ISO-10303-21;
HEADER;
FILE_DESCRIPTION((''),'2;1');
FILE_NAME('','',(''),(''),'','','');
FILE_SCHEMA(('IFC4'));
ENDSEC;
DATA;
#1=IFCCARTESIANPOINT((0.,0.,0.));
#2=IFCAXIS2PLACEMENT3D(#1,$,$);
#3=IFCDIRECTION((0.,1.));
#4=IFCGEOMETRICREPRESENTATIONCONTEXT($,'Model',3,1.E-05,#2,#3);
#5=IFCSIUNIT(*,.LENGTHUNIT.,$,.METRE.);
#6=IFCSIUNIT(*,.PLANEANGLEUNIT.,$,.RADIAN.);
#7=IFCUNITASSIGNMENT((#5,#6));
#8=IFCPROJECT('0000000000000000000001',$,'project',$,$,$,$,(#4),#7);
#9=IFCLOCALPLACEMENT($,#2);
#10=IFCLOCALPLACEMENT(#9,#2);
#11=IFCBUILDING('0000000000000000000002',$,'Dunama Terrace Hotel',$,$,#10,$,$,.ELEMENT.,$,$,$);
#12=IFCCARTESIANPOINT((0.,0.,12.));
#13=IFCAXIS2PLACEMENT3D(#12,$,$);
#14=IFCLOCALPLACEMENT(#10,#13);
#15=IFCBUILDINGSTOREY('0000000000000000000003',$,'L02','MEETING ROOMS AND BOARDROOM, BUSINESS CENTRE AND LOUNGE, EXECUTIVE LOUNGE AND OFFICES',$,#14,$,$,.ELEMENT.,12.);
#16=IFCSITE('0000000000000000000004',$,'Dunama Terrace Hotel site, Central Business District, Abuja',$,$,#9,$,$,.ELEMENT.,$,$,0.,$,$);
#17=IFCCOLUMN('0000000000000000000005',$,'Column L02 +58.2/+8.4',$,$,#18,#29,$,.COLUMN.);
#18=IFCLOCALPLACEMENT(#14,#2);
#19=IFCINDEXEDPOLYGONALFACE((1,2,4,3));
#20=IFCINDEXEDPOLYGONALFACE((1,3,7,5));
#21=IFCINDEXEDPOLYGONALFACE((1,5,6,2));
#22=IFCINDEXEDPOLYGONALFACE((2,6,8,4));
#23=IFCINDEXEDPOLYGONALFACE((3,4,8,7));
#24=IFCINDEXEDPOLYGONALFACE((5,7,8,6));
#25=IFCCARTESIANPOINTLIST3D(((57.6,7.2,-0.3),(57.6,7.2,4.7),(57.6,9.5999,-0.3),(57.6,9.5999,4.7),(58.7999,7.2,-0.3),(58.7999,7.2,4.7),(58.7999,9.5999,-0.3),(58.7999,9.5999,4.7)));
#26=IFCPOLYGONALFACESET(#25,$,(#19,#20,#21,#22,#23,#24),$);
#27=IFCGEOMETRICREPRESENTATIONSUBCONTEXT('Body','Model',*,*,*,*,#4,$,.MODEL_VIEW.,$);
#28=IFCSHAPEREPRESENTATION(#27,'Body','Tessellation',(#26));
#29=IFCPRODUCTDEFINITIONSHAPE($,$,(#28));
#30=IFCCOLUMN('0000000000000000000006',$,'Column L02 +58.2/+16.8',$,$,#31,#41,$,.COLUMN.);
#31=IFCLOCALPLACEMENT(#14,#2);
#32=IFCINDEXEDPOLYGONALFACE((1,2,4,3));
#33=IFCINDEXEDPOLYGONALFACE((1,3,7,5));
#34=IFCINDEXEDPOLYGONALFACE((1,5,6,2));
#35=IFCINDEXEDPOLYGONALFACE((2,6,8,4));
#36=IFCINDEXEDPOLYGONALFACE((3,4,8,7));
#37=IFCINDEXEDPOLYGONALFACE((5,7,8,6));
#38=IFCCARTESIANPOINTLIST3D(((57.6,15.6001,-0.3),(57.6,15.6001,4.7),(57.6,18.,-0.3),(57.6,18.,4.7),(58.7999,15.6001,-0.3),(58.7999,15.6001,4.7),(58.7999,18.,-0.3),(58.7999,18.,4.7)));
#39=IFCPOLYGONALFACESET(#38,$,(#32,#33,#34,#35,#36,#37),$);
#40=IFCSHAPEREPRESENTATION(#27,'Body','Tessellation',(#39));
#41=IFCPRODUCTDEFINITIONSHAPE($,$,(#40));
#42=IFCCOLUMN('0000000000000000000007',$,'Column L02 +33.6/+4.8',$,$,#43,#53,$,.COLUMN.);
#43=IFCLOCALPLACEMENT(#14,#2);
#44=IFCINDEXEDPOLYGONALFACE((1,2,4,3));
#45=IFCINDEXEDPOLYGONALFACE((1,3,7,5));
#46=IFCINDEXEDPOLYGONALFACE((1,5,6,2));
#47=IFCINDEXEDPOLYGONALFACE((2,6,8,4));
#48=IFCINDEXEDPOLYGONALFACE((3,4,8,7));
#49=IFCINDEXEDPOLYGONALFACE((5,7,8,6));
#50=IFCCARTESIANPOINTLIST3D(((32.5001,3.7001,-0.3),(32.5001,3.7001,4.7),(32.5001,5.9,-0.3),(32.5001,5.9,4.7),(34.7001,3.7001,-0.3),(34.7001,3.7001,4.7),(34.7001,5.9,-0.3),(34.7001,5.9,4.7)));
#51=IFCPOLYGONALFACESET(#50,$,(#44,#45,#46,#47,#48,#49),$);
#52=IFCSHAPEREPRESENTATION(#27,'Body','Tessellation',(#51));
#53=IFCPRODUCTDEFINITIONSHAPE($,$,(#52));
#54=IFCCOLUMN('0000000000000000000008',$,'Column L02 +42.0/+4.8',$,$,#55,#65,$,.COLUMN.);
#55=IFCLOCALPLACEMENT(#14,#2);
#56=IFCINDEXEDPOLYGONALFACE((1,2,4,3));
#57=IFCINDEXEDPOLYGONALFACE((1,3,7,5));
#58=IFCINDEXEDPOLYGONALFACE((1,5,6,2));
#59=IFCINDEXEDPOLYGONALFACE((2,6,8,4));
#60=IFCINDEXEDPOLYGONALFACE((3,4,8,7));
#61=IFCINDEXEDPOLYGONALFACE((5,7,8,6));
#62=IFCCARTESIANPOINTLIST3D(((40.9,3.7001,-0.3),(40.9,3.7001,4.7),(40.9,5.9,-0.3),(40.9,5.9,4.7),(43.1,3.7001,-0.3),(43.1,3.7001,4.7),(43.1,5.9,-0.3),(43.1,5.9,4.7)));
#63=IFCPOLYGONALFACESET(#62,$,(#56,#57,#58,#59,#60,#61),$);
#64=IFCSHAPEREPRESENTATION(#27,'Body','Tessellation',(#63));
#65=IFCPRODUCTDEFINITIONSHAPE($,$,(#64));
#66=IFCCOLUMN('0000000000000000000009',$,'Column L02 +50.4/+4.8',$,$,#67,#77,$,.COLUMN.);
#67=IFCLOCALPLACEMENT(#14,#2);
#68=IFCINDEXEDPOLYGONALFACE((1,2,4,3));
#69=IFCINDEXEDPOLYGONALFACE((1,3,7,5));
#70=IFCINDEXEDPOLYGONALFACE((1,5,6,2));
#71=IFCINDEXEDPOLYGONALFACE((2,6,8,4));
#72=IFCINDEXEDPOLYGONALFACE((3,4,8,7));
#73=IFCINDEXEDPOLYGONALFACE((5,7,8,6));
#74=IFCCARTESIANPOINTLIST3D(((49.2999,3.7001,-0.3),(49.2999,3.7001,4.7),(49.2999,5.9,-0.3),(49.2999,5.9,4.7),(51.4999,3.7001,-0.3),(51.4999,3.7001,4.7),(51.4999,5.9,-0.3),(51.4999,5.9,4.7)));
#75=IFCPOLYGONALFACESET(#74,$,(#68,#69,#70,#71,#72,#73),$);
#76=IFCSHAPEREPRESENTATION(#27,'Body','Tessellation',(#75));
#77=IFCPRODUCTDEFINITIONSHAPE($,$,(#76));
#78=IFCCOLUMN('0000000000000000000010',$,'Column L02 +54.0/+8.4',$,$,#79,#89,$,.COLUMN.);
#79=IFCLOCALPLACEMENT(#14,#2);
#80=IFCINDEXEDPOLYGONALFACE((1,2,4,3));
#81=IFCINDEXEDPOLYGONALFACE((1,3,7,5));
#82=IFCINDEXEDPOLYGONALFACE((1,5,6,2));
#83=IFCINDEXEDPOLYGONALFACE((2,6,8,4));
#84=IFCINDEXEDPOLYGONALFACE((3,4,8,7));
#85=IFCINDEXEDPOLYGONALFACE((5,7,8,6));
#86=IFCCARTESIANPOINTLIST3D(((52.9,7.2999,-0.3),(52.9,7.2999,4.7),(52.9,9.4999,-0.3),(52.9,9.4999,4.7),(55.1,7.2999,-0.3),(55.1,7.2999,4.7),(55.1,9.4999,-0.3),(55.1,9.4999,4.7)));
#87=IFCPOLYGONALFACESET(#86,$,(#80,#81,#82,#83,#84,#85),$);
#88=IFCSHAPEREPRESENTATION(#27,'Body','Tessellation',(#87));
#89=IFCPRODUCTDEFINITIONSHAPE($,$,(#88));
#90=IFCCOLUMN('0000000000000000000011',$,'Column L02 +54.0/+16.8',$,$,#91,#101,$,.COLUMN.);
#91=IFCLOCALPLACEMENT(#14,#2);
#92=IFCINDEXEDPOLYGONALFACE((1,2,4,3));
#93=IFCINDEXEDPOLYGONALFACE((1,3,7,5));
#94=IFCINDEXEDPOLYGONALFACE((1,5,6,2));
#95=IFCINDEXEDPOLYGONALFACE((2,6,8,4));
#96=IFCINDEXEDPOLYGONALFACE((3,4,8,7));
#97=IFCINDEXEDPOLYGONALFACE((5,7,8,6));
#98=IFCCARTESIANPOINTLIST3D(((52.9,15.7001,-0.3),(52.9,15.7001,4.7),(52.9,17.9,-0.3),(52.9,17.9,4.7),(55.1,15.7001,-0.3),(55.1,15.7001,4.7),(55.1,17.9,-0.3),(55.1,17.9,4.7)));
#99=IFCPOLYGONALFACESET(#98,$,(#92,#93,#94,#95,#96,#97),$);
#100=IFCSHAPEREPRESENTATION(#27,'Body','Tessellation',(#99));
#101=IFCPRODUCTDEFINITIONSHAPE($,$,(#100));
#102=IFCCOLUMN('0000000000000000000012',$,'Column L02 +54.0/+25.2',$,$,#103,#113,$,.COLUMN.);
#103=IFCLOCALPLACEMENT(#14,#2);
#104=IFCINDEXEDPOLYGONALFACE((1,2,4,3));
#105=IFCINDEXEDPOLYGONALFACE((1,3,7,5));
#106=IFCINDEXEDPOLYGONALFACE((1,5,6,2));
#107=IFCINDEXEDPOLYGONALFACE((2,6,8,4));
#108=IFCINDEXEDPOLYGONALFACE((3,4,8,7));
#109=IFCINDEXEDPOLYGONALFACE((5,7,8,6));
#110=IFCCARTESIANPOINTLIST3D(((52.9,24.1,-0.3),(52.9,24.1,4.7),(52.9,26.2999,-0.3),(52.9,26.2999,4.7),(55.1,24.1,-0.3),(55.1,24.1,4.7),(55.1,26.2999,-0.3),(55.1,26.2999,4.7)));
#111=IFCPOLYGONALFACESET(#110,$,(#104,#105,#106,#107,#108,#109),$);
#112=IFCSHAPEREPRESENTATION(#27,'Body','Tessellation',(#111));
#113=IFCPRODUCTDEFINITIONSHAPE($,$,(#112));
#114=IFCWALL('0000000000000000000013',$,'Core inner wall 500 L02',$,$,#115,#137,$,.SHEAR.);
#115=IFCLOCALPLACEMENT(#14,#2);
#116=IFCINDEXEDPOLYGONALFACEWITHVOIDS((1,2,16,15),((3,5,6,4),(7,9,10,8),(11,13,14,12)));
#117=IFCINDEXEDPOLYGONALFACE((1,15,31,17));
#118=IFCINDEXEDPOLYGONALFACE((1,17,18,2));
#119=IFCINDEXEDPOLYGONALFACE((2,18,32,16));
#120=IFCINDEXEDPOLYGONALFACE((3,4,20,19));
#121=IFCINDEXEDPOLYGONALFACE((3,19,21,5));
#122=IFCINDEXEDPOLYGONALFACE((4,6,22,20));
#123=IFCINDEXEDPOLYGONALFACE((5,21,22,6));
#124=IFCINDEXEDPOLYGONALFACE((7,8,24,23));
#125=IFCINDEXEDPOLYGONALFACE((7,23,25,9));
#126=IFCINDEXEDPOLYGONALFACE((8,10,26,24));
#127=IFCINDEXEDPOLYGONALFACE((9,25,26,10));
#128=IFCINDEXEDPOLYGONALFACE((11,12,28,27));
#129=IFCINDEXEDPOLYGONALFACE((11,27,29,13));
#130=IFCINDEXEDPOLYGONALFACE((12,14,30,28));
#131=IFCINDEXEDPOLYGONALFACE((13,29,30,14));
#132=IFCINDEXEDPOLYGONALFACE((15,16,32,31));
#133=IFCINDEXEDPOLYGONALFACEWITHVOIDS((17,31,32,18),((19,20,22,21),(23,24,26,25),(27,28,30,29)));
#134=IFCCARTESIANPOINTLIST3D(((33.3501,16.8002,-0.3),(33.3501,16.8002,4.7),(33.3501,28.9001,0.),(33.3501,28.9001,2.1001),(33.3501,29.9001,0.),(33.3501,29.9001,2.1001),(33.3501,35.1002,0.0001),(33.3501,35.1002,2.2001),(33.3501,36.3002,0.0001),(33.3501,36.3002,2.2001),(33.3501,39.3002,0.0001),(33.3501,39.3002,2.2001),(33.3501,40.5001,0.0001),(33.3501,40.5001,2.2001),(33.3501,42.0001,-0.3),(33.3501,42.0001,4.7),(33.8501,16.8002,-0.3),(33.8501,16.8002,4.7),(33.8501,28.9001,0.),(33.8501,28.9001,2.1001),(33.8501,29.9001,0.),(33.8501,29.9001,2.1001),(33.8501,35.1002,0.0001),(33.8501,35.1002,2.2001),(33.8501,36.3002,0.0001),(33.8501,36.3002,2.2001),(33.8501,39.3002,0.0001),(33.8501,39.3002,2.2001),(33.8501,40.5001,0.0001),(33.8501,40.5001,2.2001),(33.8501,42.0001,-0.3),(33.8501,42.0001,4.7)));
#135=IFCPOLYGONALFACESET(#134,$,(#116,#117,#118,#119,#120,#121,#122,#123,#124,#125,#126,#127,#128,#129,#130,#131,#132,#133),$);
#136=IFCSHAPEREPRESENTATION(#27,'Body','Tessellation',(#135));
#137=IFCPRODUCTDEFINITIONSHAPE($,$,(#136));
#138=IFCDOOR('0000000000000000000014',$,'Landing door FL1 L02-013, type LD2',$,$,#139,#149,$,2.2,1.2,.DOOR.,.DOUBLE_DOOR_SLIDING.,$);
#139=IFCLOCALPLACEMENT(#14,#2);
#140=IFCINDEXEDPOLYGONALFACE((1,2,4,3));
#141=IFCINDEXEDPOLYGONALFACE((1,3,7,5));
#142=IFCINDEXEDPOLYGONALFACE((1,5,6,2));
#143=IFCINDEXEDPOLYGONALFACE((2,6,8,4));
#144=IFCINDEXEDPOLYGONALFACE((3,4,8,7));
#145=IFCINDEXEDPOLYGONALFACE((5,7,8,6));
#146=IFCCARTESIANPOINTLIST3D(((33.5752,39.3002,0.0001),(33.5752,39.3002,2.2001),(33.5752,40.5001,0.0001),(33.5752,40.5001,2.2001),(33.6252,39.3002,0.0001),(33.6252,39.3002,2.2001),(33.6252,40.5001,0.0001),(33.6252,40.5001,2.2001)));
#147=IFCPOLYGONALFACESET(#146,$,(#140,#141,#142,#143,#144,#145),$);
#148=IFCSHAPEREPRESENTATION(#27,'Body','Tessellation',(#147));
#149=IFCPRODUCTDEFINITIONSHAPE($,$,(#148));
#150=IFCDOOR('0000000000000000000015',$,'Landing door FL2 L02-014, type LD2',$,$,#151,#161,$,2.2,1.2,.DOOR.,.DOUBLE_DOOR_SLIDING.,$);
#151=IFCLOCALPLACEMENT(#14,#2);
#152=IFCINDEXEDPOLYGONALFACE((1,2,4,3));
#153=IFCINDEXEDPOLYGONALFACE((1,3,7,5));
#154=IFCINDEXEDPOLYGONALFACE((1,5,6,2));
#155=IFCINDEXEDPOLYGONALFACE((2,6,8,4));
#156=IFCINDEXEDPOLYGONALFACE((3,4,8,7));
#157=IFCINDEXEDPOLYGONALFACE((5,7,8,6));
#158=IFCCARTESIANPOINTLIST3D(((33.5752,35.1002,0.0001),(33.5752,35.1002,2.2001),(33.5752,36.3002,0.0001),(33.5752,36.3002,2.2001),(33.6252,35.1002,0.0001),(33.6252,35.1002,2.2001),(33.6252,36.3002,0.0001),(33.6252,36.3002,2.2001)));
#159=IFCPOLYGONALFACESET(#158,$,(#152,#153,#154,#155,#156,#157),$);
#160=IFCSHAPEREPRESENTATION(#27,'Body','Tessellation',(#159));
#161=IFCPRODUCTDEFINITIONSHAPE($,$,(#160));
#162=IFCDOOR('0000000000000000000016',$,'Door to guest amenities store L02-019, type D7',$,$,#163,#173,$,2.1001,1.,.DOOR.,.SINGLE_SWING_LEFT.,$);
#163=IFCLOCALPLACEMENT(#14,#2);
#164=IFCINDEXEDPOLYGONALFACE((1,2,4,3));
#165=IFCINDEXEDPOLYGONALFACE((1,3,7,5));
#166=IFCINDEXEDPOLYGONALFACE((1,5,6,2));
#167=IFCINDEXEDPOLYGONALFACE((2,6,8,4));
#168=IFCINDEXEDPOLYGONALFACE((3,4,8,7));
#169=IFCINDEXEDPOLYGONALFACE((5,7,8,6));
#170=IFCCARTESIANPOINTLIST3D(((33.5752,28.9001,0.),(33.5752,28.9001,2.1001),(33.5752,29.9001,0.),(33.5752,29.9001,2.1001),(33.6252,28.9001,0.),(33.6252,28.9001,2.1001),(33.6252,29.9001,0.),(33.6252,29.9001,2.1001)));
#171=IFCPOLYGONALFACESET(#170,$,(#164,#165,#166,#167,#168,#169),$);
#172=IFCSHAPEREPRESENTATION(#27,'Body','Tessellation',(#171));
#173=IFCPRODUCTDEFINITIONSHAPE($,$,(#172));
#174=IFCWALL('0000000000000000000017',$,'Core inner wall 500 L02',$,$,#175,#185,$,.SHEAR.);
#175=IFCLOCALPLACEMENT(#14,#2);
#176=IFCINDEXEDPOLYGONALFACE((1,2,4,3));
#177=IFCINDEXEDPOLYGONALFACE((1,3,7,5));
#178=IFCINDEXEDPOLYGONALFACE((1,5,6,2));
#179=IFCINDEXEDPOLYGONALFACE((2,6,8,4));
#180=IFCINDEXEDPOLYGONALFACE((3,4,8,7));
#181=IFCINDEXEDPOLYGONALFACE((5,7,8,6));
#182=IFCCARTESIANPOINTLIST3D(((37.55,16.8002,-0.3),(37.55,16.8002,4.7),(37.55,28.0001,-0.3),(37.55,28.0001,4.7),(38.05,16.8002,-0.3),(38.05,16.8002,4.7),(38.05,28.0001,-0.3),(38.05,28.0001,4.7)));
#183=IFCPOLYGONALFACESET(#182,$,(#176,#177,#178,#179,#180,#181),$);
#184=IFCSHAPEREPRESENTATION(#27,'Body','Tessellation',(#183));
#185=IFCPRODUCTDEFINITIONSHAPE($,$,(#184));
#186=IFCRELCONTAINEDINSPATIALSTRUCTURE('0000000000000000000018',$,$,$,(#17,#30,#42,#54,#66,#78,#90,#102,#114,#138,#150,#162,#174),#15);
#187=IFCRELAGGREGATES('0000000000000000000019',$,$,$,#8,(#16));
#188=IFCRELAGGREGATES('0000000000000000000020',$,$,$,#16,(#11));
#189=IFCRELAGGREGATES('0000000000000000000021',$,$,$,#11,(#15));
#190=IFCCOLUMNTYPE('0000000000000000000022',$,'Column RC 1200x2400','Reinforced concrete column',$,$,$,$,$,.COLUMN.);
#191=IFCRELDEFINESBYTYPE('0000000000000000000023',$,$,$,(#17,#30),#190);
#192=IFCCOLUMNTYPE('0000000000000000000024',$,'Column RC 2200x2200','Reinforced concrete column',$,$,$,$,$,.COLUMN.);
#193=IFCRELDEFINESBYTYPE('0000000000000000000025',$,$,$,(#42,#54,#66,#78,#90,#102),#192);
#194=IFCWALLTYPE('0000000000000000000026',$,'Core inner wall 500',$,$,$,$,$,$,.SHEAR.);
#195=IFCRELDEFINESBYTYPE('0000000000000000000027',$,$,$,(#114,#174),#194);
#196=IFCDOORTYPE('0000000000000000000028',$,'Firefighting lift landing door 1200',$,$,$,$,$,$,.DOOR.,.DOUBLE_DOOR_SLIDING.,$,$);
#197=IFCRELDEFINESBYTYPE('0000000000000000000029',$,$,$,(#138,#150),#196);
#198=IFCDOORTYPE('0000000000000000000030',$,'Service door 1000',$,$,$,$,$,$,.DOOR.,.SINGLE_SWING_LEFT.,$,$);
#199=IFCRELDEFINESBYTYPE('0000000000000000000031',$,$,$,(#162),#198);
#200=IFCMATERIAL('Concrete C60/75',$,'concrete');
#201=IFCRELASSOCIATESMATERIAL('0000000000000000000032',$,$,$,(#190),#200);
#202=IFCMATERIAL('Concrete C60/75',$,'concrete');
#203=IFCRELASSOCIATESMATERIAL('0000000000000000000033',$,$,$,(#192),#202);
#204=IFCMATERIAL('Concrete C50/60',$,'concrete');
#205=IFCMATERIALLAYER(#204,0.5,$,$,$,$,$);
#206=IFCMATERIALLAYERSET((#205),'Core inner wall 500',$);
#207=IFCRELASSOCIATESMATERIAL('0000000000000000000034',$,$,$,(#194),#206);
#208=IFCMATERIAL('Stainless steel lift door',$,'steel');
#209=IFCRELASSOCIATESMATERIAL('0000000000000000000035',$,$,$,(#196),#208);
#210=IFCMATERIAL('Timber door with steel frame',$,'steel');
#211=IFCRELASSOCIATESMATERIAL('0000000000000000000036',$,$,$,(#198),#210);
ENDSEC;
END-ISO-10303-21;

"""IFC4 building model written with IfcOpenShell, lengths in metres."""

from ifc_helpers import new_model, si_unit, direction, frame, frame_2d, origin, origin_2d, place, context, subcontext, project, spatial, rectangle, extrude, material, layer, layer_set, material_profile, profile_set, type_object, element, fill, save


model = new_model("IFC4")

# Units and contexts
model_context = context("Model", 3, precision=1e-05, world=origin(), true_north=direction((0.0, 1.0)))
body_context = subcontext(model_context, "Body", "Model", "MODEL_VIEW")
ifc_project = project(units=[si_unit("LENGTHUNIT", "METRE"), si_unit("PLANEANGLEUNIT", "RADIAN")], contexts=[model_context])

# Site, building, storey
site_placement = place(None, origin())
site = spatial("IfcSite", under=ifc_project, at=site_placement, Name="Dunama Terrace Hotel site, Central Business District, Abuja", CompositionType="ELEMENT", RefElevation=0.0)
building_placement = place(site_placement, origin())
building = spatial("IfcBuilding", under=site, at=building_placement, Name="Dunama Terrace Hotel", CompositionType="ELEMENT")
storey_placement = place(building_placement, frame((0.0, 0.0, 12.0)))
storey = spatial("IfcBuildingStorey", under=building, at=storey_placement, Name="L02", Description="MEETING ROOMS AND BOARDROOM, BUSINESS CENTRE AND LOUNGE, EXECUTIVE LOUNGE AND OFFICES", CompositionType="ELEMENT", Elevation=12.0)

# Columns
ifc_material_1 = material(Name="Concrete C60/75", Category="concrete")
ifc_material_profile_1 = material_profile(ifc_material_1, rectangle(XDim=1.2, YDim=2.3999, at=origin_2d()), Name="RC 1200x2400")
ifc_profile_set_1 = profile_set([ifc_material_profile_1], Name="Concrete C60/75")
column_type_1 = type_object("IfcColumnType", Name="Column RC 1200x2400", Description="Reinforced concrete column", PredefinedType="COLUMN", material=ifc_profile_set_1)
for number, where, z_axis, x_axis, name in (
    (1, (58.2, 8.3999, -0.3), (0.0, 0.0, 1.0), (1.0, 0.0, 0.0), "Column L02 +58.2/+8.4"),
    (2, (58.2, 16.8, -0.3), (0.0, 0.0, 1.0), (1.0, 0.0, 0.0), "Column L02 +58.2/+16.8"),
):
    element("IfcColumn", number, at=place(storey_placement, frame(where, z_axis=z_axis, x_axis=x_axis)), inside=storey, type_object=column_type_1, Name=name, PredefinedType="COLUMN", context=body_context, shape_type="SweptSolid", body=[
        extrude(rectangle(XDim=1.2, YDim=2.3999, at=origin_2d()), origin(), (0.0, 0.0, 1.0), 5.0),
    ])
ifc_material_2 = material(Name="Concrete C60/75", Category="concrete")
ifc_material_profile_2 = material_profile(ifc_material_2, rectangle(XDim=2.2, YDim=2.2, at=origin_2d()), Name="RC 2200x2200")
ifc_profile_set_2 = profile_set([ifc_material_profile_2], Name="Concrete C60/75")
column_type_2 = type_object("IfcColumnType", Name="Column RC 2200x2200", Description="Reinforced concrete column", PredefinedType="COLUMN", material=ifc_profile_set_2)
for number, where, z_axis, x_axis, name in (
    (3, (33.6001, 4.8, -0.3), (0.0, 0.0, 1.0), (1.0, 0.0, 0.0), "Column L02 +33.6/+4.8"),
    (4, (42.0, 4.8, -0.3), (0.0, 0.0, 1.0), (1.0, 0.0, 0.0), "Column L02 +42.0/+4.8"),
    (5, (50.3999, 4.8, -0.3), (0.0, 0.0, 1.0), (1.0, 0.0, 0.0), "Column L02 +50.4/+4.8"),
    (6, (54.0, 8.3999, -0.3), (0.0, 0.0, 1.0), (1.0, 0.0, 0.0), "Column L02 +54.0/+8.4"),
    (7, (54.0, 16.8, -0.3), (0.0, 0.0, 1.0), (1.0, 0.0, 0.0), "Column L02 +54.0/+16.8"),
    (8, (54.0, 25.2, -0.3), (0.0, 0.0, 1.0), (1.0, 0.0, 0.0), "Column L02 +54.0/+25.2"),
):
    element("IfcColumn", number, at=place(storey_placement, frame(where, z_axis=z_axis, x_axis=x_axis)), inside=storey, type_object=column_type_2, Name=name, PredefinedType="COLUMN", context=body_context, shape_type="SweptSolid", body=[
        extrude(rectangle(XDim=2.2, YDim=2.2, at=origin_2d()), origin(), (0.0, 0.0, 1.0), 5.0),
    ])

# Wall, openings, doors
ifc_material_3 = material(Name="Concrete C50/60", Category="concrete")
ifc_layer_1 = layer(ifc_material_3, 0.5)
ifc_layer_set_1 = layer_set([ifc_layer_1], Name="Core inner wall 500")
wall_type_1 = type_object("IfcWallType", Name="Core inner wall 500", PredefinedType="SHEAR", material=ifc_layer_set_1)
wall_1_placement = place(storey_placement, frame((33.6001, 16.8, -0.3), z_axis=(0.0, 0.0, 1.0), x_axis=(0.0, 1.0, 0.0)))
wall_1 = element("IfcWall", 9, at=wall_1_placement, inside=storey, type_object=wall_type_1, Name="Core inner wall 500 L02", PredefinedType="SHEAR", context=body_context, shape_type="SweptSolid", body=[
    extrude(rectangle(XDim=25.2, YDim=0.5, at=frame_2d((12.6001, 0.0))), origin(), (0.0, 0.0, 1.0), 5.0),
])
opening_1_placement = place(wall_1_placement, frame((22.5, 0.0, 0.3)))
opening_1 = element("IfcOpeningElement", 10, at=opening_1_placement, cuts=wall_1, PredefinedType="OPENING", context=body_context, shape_type="SweptSolid", body=[
    extrude(rectangle(XDim=1.2, YDim=2.2, at=frame_2d((0.6001, 1.1001))), frame((0.0, 0.26, 0.0), z_axis=(0.0, -1.0, 0.0), x_axis=(1.0, 0.0, 0.0)), (0.0, 0.0, 1.0), 0.52),
])
opening_2_placement = place(wall_1_placement, frame((18.3, 0.0, 0.3)))
opening_2 = element("IfcOpeningElement", 11, at=opening_2_placement, cuts=wall_1, PredefinedType="OPENING", context=body_context, shape_type="SweptSolid", body=[
    extrude(rectangle(XDim=1.2, YDim=2.2, at=frame_2d((0.6001, 1.1001))), frame((0.0, 0.26, 0.0), z_axis=(0.0, -1.0, 0.0), x_axis=(1.0, 0.0, 0.0)), (0.0, 0.0, 1.0), 0.52),
])
opening_3_placement = place(wall_1_placement, frame((12.1001, 0.0, 0.3)))
opening_3 = element("IfcOpeningElement", 12, at=opening_3_placement, cuts=wall_1, PredefinedType="OPENING", context=body_context, shape_type="SweptSolid", body=[
    extrude(rectangle(XDim=1.0, YDim=2.1001, at=frame_2d((0.5, 1.05))), frame((0.0, 0.26, 0.0), z_axis=(0.0, -1.0, 0.0), x_axis=(1.0, 0.0, 0.0)), (0.0, 0.0, 1.0), 0.52),
])
ifc_material_4 = material(Name="Stainless steel lift door", Category="steel")
door_type_1 = type_object("IfcDoorType", Name="Firefighting lift landing door 1200", OperationType="DOUBLE_DOOR_SLIDING", PredefinedType="DOOR", material=ifc_material_4)
door_1_placement = place(opening_1_placement, origin())
door_1 = element("IfcDoor", 13, at=door_1_placement, inside=storey, type_object=door_type_1, Name="Landing door FL1 L02-013, type LD2", OperationType="DOUBLE_DOOR_SLIDING", OverallHeight=2.2, OverallWidth=1.2, PredefinedType="DOOR", context=body_context, shape_type="SweptSolid", body=[
    extrude(rectangle(XDim=1.2, YDim=2.2, at=frame_2d((0.6001, 1.1001))), frame((0.0, 0.0249, 0.0), z_axis=(0.0, -1.0, 0.0), x_axis=(1.0, 0.0, 0.0)), (0.0, 0.0, 1.0), 0.05),
])
fill(opening_1, door_1)
door_2_placement = place(opening_2_placement, origin())
door_2 = element("IfcDoor", 14, at=door_2_placement, inside=storey, type_object=door_type_1, Name="Landing door FL2 L02-014, type LD2", OperationType="DOUBLE_DOOR_SLIDING", OverallHeight=2.2, OverallWidth=1.2, PredefinedType="DOOR", context=body_context, shape_type="SweptSolid", body=[
    extrude(rectangle(XDim=1.2, YDim=2.2, at=frame_2d((0.6001, 1.1001))), frame((0.0, 0.0249, 0.0), z_axis=(0.0, -1.0, 0.0), x_axis=(1.0, 0.0, 0.0)), (0.0, 0.0, 1.0), 0.05),
])
fill(opening_2, door_2)
ifc_material_5 = material(Name="Timber door with steel frame", Category="steel")
door_type_2 = type_object("IfcDoorType", Name="Service door 1000", OperationType="SINGLE_SWING_LEFT", PredefinedType="DOOR", material=ifc_material_5)
door_3_placement = place(opening_3_placement, origin())
door_3 = element("IfcDoor", 15, at=door_3_placement, inside=storey, type_object=door_type_2, Name="Door to guest amenities store L02-019, type D7", OperationType="SINGLE_SWING_LEFT", OverallHeight=2.1001, OverallWidth=1.0, PredefinedType="DOOR", context=body_context, shape_type="SweptSolid", body=[
    extrude(rectangle(XDim=1.0, YDim=2.1001, at=frame_2d((0.5, 1.05))), frame((0.0, 0.0249, 0.0), z_axis=(0.0, -1.0, 0.0), x_axis=(1.0, 0.0, 0.0)), (0.0, 0.0, 1.0), 0.05),
])
fill(opening_3, door_3)

# Wall
wall_2_placement = place(storey_placement, frame((37.8, 16.8, -0.3), z_axis=(0.0, 0.0, 1.0), x_axis=(0.0, 1.0, 0.0)))
element("IfcWall", 16, at=wall_2_placement, inside=storey, type_object=wall_type_1, Name="Core inner wall 500 L02", PredefinedType="SHEAR", context=body_context, shape_type="SweptSolid", body=[
    extrude(rectangle(XDim=11.2, YDim=0.5, at=frame_2d((5.6001, 0.0))), origin(), (0.0, 0.0, 1.0), 5.0),
])

save(model, "model.ifc")
